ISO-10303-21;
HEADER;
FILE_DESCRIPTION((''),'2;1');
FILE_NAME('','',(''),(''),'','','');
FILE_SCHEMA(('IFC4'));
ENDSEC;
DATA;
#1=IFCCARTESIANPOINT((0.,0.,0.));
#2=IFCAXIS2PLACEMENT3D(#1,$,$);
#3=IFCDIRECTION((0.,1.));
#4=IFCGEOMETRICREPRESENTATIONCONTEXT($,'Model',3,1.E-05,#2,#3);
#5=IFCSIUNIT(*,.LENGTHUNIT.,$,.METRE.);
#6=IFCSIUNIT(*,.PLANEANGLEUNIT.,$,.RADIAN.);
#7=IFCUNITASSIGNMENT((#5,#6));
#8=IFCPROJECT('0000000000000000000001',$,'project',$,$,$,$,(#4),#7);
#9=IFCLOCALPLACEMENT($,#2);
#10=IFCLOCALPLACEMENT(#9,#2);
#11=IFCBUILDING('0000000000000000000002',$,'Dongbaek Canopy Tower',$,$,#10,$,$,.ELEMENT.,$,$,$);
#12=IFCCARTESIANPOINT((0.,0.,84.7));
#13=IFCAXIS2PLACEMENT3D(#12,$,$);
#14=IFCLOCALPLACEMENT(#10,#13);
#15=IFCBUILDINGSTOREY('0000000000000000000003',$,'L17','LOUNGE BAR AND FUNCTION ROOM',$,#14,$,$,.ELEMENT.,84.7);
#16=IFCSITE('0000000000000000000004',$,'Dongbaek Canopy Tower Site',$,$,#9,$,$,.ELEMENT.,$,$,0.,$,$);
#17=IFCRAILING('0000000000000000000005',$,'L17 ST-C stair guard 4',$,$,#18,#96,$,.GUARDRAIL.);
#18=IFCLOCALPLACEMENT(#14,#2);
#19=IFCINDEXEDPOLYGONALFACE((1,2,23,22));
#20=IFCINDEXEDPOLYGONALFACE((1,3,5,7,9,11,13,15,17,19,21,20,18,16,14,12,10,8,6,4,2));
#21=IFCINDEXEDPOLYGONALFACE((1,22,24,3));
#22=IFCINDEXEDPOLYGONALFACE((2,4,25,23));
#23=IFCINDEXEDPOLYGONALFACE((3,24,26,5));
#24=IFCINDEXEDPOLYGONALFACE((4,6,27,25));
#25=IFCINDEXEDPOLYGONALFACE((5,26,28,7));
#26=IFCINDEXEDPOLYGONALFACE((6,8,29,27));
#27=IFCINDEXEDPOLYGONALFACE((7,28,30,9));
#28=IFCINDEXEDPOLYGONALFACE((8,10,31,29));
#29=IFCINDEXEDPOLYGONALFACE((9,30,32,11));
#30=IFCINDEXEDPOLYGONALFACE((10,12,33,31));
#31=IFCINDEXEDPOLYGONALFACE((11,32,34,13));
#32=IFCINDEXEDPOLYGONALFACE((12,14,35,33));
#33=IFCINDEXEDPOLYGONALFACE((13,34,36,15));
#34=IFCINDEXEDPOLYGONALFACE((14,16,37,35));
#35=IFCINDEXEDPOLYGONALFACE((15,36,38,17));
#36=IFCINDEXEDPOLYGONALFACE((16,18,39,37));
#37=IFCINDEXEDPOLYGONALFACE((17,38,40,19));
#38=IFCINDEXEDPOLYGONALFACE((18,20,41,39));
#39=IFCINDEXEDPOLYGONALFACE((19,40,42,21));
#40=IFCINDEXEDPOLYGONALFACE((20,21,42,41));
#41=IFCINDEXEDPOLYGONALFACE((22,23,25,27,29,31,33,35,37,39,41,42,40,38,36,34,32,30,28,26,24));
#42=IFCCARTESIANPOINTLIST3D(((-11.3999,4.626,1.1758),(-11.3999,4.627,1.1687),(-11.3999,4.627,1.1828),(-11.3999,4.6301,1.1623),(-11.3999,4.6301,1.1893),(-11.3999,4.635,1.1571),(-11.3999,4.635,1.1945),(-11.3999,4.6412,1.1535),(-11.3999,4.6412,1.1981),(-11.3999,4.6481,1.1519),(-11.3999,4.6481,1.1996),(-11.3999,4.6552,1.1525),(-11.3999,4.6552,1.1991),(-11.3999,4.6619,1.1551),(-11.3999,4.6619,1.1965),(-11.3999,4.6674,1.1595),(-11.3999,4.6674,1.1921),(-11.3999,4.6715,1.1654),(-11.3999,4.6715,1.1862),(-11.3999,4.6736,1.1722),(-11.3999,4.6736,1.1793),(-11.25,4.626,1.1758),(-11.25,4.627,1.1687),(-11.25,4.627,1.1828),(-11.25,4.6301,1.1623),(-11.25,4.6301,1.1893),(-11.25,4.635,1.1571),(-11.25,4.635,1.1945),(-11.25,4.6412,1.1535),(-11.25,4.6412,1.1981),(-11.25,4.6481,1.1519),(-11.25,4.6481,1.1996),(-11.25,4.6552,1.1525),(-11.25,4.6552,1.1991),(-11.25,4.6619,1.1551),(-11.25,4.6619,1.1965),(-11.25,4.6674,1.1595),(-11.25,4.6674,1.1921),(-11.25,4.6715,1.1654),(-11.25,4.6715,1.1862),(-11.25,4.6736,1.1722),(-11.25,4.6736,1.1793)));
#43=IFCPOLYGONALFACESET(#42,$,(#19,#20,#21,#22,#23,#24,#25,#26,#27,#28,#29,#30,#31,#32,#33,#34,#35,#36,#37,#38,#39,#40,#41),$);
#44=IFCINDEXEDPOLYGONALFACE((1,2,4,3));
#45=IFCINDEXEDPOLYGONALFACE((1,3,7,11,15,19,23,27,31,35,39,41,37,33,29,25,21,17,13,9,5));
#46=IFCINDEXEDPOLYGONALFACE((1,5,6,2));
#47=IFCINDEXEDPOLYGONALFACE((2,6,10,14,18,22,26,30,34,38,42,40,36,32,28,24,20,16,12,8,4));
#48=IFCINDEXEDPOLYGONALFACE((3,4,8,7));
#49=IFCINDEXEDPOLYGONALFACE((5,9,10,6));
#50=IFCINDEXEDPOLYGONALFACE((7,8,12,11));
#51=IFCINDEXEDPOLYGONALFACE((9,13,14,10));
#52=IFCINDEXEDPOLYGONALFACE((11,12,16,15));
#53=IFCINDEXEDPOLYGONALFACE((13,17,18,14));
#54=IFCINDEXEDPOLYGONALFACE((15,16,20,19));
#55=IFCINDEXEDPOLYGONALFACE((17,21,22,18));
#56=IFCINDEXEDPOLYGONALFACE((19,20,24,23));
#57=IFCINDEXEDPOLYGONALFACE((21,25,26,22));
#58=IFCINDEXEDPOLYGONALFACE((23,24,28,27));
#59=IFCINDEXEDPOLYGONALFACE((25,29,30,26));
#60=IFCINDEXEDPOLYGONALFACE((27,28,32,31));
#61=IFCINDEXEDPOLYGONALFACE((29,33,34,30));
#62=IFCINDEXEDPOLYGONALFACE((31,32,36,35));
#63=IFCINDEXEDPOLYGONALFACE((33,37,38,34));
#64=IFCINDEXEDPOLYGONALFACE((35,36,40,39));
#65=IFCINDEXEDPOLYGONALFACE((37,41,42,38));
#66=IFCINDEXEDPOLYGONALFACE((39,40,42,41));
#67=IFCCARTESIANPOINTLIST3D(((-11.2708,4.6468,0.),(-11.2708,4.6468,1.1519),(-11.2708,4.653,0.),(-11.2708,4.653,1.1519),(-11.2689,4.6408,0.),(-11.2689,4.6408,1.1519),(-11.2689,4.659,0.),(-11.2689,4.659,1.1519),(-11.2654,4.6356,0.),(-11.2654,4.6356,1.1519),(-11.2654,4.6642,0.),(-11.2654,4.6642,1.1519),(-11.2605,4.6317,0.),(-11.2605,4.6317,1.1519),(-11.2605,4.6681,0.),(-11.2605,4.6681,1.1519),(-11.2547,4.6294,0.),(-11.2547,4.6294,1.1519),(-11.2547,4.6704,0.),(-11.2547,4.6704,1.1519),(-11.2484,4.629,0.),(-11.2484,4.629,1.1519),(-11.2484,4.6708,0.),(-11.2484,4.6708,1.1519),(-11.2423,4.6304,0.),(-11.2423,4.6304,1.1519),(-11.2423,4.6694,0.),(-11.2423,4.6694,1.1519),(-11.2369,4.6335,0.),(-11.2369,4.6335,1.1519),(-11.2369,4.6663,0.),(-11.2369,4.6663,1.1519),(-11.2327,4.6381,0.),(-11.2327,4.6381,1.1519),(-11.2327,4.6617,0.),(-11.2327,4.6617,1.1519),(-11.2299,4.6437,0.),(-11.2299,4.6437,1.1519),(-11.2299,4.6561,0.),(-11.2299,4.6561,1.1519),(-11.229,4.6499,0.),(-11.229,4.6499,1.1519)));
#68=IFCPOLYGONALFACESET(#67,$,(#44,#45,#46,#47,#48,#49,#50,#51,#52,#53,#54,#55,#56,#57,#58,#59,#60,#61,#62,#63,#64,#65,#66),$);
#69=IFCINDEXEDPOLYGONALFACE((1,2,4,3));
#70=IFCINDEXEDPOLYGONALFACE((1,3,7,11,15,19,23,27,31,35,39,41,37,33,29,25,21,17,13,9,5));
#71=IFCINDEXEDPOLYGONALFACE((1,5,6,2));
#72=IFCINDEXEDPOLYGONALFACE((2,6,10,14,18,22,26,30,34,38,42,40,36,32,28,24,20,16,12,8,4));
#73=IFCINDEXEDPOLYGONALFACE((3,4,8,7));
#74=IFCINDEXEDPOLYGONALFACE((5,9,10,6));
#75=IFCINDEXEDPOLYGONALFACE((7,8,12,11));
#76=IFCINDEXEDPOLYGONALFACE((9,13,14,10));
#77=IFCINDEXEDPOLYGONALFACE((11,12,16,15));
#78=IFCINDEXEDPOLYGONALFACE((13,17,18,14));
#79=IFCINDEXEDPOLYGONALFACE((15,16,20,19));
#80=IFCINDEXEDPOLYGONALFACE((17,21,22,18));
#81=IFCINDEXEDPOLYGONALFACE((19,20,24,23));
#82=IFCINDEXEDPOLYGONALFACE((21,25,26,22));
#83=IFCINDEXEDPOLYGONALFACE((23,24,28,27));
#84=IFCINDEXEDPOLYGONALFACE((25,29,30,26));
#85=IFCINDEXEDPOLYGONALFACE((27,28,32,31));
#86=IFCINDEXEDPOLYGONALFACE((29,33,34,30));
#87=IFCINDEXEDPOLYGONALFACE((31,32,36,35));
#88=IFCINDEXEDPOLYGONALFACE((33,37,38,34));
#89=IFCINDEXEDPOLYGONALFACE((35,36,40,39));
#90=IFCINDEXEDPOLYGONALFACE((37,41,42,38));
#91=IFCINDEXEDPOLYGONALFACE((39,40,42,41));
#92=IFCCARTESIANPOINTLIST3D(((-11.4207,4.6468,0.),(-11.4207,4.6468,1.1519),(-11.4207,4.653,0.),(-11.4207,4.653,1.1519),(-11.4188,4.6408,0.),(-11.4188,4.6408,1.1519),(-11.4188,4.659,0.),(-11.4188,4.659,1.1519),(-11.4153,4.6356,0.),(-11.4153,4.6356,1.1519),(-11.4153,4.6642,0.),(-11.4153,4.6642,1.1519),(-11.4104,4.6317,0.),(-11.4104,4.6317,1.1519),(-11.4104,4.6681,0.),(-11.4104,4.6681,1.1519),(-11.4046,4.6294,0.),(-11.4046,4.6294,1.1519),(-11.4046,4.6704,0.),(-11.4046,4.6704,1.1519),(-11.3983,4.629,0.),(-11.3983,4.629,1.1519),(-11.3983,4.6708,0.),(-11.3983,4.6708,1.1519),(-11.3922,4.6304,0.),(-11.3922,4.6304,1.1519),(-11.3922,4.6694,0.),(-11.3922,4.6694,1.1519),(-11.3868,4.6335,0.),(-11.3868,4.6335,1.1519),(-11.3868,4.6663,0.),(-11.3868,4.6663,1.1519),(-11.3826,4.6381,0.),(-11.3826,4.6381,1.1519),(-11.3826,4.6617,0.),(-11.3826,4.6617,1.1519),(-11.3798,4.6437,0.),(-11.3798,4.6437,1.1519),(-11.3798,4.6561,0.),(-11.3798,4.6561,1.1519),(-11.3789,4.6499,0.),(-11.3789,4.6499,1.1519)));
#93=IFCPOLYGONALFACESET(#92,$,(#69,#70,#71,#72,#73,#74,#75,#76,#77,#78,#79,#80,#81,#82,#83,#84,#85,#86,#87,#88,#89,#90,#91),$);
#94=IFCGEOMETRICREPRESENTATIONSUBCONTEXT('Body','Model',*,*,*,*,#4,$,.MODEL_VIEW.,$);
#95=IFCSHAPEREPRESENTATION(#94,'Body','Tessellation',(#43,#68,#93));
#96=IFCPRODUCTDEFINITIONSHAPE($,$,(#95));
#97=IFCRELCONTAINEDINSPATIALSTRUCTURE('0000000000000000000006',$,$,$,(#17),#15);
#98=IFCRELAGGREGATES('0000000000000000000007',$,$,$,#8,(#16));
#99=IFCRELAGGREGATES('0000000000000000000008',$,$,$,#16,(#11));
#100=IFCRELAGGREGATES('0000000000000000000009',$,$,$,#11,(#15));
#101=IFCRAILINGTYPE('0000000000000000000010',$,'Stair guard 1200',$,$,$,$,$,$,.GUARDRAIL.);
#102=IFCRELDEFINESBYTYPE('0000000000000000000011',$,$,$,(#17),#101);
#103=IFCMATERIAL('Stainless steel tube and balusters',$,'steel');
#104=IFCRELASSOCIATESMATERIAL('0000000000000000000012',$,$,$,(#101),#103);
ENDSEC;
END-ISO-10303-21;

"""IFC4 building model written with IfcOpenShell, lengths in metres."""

from ifc_helpers import new_model, si_unit, direction, frame, origin, origin_2d, place, context, subcontext, project, spatial, circle, extrude, material, type_object, element, save


model = new_model("IFC4")

# Units and contexts
model_context = context("Model", 3, precision=1e-05, world=origin(), true_north=direction((0.0, 1.0)))
body_context = subcontext(model_context, "Body", "Model", "MODEL_VIEW")
ifc_project = project(units=[si_unit("LENGTHUNIT", "METRE"), si_unit("PLANEANGLEUNIT", "RADIAN")], contexts=[model_context])

# Site, building, storey
site_placement = place(None, origin())
site = spatial("IfcSite", under=ifc_project, at=site_placement, Name="Dongbaek Canopy Tower Site", CompositionType="ELEMENT", RefElevation=0.0)
building_placement = place(site_placement, origin())
building = spatial("IfcBuilding", under=site, at=building_placement, Name="Dongbaek Canopy Tower", CompositionType="ELEMENT")
storey_placement = place(building_placement, frame((0.0, 0.0, 84.7)))
storey = spatial("IfcBuildingStorey", under=building, at=storey_placement, Name="L17", Description="LOUNGE BAR AND FUNCTION ROOM", CompositionType="ELEMENT", Elevation=84.7)

# Railing
ifc_material_1 = material(Name="Stainless steel tube and balusters", Category="steel")
railing_type_1 = type_object("IfcRailingType", Name="Stair guard 1200", PredefinedType="GUARDRAIL", material=ifc_material_1)
railing_1_placement = place(storey_placement, frame((-11.25, 4.6499, 0.0)))
element("IfcRailing", 1, at=railing_1_placement, inside=storey, type_object=railing_type_1, Name="L17 ST-C stair guard 4", PredefinedType="GUARDRAIL", context=body_context, shape_type="SweptSolid", body=[
    extrude(circle(Radius=0.0239, at=origin_2d()), frame((0.0, 0.0, 1.1758), z_axis=(-1.0, 0.0, 0.0), x_axis=(0.0, -1.0, 0.0)), (0.0, 0.0, 1.0), 0.1499),
    extrude(circle(Radius=0.021, at=origin_2d()), origin(), (0.0, 0.0, 1.0), 1.1519),
    extrude(circle(Radius=0.021, at=origin_2d()), frame((-0.1499, 0.0, 0.0)), (0.0, 0.0, 1.0), 1.1519),
])

save(model, "model.ifc")
